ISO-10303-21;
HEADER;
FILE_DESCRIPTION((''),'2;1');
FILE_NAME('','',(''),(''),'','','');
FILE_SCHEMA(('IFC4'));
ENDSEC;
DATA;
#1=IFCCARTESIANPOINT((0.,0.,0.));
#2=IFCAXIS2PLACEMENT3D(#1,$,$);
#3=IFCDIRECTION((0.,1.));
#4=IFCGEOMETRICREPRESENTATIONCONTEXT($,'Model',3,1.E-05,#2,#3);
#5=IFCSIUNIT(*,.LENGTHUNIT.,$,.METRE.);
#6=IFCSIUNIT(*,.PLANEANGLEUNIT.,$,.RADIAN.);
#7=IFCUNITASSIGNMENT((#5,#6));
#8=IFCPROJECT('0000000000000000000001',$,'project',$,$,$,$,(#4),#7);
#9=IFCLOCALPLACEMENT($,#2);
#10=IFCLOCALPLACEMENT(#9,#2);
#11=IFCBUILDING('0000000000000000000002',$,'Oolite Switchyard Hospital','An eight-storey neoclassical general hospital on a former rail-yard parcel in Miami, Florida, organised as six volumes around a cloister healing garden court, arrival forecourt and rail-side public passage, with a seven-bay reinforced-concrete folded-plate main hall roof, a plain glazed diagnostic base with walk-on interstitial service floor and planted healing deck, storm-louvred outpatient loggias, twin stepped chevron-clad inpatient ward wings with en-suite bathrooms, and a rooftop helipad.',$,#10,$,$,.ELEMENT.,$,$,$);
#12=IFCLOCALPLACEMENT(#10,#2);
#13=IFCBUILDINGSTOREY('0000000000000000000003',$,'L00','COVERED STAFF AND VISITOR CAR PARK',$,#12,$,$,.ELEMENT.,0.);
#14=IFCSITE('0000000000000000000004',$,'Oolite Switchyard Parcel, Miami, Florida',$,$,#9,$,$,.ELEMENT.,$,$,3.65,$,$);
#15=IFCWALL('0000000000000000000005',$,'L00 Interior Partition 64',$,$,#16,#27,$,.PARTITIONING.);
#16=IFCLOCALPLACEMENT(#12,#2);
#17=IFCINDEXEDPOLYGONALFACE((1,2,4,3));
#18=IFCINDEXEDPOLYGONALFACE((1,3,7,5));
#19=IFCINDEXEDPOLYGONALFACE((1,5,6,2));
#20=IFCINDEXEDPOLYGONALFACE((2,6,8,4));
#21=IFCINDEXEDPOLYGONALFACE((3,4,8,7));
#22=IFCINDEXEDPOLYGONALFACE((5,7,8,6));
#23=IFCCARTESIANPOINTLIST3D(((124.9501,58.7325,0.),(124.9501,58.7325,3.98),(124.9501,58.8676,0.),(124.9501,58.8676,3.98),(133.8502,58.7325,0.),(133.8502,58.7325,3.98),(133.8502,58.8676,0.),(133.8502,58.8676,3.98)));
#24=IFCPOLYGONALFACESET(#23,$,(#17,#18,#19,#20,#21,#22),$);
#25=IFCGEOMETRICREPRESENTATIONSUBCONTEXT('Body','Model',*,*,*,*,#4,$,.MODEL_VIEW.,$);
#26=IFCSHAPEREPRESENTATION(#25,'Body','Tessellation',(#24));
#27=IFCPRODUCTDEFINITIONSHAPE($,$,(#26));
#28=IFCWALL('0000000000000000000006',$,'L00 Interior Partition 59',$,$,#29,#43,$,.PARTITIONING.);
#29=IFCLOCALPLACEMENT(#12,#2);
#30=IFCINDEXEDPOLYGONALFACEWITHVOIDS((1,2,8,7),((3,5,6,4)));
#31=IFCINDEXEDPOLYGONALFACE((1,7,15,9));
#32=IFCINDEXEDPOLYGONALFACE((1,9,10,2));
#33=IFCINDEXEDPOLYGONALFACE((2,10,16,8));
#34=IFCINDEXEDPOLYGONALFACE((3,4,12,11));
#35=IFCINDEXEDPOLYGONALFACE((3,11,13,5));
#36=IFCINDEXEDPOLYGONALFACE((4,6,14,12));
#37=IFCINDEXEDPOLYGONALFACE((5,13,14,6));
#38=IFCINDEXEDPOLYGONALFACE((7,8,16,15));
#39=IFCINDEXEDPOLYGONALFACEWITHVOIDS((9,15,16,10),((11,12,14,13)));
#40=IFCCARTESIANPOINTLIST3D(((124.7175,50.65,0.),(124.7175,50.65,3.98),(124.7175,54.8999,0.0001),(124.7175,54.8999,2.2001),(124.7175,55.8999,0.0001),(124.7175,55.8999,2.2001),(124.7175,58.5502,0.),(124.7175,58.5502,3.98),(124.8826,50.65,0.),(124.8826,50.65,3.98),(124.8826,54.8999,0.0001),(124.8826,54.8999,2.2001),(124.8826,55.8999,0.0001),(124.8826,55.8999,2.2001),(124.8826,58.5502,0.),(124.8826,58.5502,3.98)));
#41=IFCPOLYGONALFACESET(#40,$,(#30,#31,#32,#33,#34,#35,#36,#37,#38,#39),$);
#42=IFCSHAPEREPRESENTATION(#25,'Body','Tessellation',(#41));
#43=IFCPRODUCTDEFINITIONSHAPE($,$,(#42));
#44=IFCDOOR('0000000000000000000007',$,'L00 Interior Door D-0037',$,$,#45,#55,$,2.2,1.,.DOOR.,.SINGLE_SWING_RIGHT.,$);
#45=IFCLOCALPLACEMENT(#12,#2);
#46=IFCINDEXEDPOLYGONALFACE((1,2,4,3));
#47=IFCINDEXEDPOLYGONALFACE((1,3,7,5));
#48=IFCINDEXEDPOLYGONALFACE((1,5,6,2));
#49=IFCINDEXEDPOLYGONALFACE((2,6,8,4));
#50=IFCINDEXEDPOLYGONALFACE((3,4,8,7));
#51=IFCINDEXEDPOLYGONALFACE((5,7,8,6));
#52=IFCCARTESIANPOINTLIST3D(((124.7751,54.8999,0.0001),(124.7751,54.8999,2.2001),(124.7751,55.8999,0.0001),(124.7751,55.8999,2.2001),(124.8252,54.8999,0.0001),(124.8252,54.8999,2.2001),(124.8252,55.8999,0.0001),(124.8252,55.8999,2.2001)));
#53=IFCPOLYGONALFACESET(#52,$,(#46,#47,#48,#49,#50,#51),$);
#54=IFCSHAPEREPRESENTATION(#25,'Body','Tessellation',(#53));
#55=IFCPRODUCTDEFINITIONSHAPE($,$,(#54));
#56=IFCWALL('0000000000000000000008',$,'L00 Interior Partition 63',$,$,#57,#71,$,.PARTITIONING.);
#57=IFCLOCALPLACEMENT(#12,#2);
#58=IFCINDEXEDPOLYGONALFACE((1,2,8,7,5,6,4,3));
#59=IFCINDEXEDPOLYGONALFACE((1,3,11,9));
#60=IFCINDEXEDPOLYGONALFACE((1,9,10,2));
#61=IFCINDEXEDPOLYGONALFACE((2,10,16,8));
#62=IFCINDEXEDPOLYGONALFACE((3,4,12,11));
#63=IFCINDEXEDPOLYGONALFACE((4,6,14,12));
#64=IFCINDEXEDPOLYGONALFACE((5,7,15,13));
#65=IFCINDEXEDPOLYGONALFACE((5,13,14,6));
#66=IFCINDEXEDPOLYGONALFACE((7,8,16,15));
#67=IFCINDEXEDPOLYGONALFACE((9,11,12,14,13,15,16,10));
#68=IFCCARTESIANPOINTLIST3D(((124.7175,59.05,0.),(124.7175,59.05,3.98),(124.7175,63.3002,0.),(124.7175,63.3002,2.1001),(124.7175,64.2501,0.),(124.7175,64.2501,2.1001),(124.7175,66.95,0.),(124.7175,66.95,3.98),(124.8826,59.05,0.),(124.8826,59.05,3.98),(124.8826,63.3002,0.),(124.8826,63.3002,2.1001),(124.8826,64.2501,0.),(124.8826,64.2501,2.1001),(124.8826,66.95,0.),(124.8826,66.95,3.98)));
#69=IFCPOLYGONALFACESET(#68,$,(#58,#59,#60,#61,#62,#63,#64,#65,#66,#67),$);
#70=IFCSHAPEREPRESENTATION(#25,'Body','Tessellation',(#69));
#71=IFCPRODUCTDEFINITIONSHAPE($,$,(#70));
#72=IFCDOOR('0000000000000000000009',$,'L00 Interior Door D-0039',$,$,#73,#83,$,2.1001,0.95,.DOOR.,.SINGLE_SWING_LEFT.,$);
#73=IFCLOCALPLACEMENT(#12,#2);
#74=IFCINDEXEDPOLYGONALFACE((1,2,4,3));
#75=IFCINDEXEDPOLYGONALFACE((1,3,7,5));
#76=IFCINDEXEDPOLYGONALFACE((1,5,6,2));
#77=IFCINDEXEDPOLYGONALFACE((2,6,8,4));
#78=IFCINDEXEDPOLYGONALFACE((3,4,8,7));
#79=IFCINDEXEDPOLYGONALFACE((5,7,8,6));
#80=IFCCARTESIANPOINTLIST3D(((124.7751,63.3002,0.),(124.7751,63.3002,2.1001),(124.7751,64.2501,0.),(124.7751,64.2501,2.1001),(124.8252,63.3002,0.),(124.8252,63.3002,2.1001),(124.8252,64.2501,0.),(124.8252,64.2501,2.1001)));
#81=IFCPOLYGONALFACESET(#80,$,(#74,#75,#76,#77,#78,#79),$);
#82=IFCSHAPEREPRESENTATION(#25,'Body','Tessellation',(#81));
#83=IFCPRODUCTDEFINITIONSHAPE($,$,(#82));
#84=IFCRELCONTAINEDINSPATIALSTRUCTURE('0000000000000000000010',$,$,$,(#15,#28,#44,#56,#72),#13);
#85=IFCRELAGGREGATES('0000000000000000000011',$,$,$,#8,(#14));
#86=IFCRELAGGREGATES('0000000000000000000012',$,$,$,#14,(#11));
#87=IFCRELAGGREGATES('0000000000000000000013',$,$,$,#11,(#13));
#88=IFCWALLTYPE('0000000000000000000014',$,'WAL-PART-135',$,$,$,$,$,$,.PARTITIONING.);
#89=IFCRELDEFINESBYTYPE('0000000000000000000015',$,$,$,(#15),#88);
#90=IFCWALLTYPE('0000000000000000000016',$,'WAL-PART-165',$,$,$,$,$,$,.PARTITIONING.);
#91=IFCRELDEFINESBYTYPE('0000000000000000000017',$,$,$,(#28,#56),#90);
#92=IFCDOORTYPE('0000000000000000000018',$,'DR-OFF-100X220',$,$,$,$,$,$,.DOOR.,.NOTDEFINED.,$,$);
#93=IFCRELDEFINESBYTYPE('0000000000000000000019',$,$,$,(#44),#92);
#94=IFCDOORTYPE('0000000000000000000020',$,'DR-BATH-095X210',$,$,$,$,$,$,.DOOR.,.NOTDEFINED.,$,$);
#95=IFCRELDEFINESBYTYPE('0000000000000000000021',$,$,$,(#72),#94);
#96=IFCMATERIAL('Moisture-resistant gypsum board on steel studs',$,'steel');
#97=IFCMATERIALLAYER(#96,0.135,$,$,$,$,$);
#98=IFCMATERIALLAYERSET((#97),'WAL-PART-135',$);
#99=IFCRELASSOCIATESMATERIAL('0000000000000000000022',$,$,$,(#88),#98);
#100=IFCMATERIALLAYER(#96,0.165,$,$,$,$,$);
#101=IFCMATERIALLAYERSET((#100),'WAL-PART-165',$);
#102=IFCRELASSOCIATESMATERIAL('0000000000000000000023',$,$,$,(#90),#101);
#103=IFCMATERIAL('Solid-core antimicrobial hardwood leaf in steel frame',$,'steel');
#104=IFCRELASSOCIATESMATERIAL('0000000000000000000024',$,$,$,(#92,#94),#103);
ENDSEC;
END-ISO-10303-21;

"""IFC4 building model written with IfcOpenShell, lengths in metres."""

from ifc_helpers import new_model, si_unit, direction, frame, frame_2d, origin, place, context, subcontext, project, spatial, rectangle, extrude, material, layer, layer_set, type_object, element, fill, save


model = new_model("IFC4")

# Units and contexts
model_context = context("Model", 3, precision=1e-05, world=origin(), true_north=direction((0.0, 1.0)))
body_context = subcontext(model_context, "Body", "Model", "MODEL_VIEW")
ifc_project = project(units=[si_unit("LENGTHUNIT", "METRE"), si_unit("PLANEANGLEUNIT", "RADIAN")], contexts=[model_context])

# Site, building, storey
site_placement = place(None, origin())
site = spatial("IfcSite", under=ifc_project, at=site_placement, Name="Oolite Switchyard Parcel, Miami, Florida", CompositionType="ELEMENT", RefElevation=3.65)
building_placement = place(site_placement, origin())
building = spatial("IfcBuilding", under=site, at=building_placement, Name="Oolite Switchyard Hospital", Description="An eight-storey neoclassical general hospital on a former rail-yard parcel in Miami, Florida, organised as six volumes around a cloister healing garden court, arrival forecourt and rail-side public passage, with a seven-bay reinforced-concrete folded-plate main hall roof, a plain glazed diagnostic base with walk-on interstitial service floor and planted healing deck, storm-louvred outpatient loggias, twin stepped chevron-clad inpatient ward wings with en-suite bathrooms, and a rooftop helipad.", CompositionType="ELEMENT")
storey_placement = place(building_placement, origin())
storey = spatial("IfcBuildingStorey", under=building, at=storey_placement, Name="L00", Description="COVERED STAFF AND VISITOR CAR PARK", CompositionType="ELEMENT", Elevation=0.0)

# Wall
ifc_material_1 = material(Name="Moisture-resistant gypsum board on steel studs", Category="steel")
ifc_layer_1 = layer(ifc_material_1, 0.135)
ifc_layer_set_1 = layer_set([ifc_layer_1], Name="WAL-PART-135")
wall_type_1 = type_object("IfcWallType", Name="WAL-PART-135", PredefinedType="PARTITIONING", material=ifc_layer_set_1)
for number, where, z_axis, x_axis, name in (
    (1, (124.95, 58.8, 0.0), (0.0, 0.0, 1.0), (1.0, 0.0, 0.0), "L00 Interior Partition 64"),
):
    element("IfcWall", number, at=place(storey_placement, frame(where, z_axis=z_axis, x_axis=x_axis)), inside=storey, type_object=wall_type_1, Name=name, PredefinedType="PARTITIONING", context=body_context, shape_type="SweptSolid", body=[
        extrude(rectangle(XDim=8.9001, YDim=0.135, at=frame_2d((4.4502, 0.0))), origin(), (0.0, 0.0, 1.0), 3.98),
    ])

# Walls, openings, doors
ifc_layer_2 = layer(ifc_material_1, 0.165)
ifc_layer_set_2 = layer_set([ifc_layer_2], Name="WAL-PART-165")
wall_type_2 = type_object("IfcWallType", Name="WAL-PART-165", PredefinedType="PARTITIONING", material=ifc_layer_set_2)
wall_1_placement = place(storey_placement, frame((124.8, 50.6499, 0.0), z_axis=(0.0, 0.0, 1.0), x_axis=(0.0, 1.0, 0.0)))
wall_1 = element("IfcWall", 2, at=wall_1_placement, inside=storey, type_object=wall_type_2, Name="L00 Interior Partition 59", PredefinedType="PARTITIONING", context=body_context, shape_type="SweptSolid", body=[
    extrude(rectangle(XDim=7.9001, YDim=0.165, at=frame_2d((3.9502, 0.0))), origin(), (0.0, 0.0, 1.0), 3.98),
])
opening_1_placement = place(wall_1_placement, frame((4.25, 0.0, 0.0)))
opening_1 = element("IfcOpeningElement", 3, at=opening_1_placement, cuts=wall_1, PredefinedType="OPENING", context=body_context, shape_type="SweptSolid", body=[
    extrude(rectangle(XDim=1.0, YDim=2.2, at=frame_2d((0.5, 1.1001))), frame((0.0, 0.0925, 0.0), z_axis=(0.0, -1.0, 0.0), x_axis=(1.0, 0.0, 0.0)), (0.0, 0.0, 1.0), 0.1851),
])
ifc_material_2 = material(Name="Solid-core antimicrobial hardwood leaf in steel frame", Category="steel")
door_type_1 = type_object("IfcDoorType", Name="DR-OFF-100X220", OperationType="NOTDEFINED", PredefinedType="DOOR", material=ifc_material_2)
door_1_placement = place(opening_1_placement, origin())
door_1 = element("IfcDoor", 4, at=door_1_placement, inside=storey, type_object=door_type_1, Name="L00 Interior Door D-0037", OperationType="SINGLE_SWING_RIGHT", OverallHeight=2.2, OverallWidth=1.0, PredefinedType="DOOR", context=body_context, shape_type="SweptSolid", body=[
    extrude(rectangle(XDim=1.0, YDim=2.2, at=frame_2d((0.5, 1.1001))), frame((0.0, 0.0249, 0.0), z_axis=(0.0, -1.0, 0.0), x_axis=(1.0, 0.0, 0.0)), (0.0, 0.0, 1.0), 0.05),
])
fill(opening_1, door_1)
wall_2_placement = place(storey_placement, frame((124.8, 59.05, 0.0), z_axis=(0.0, 0.0, 1.0), x_axis=(0.0, 1.0, 0.0)))
wall_2 = element("IfcWall", 5, at=wall_2_placement, inside=storey, type_object=wall_type_2, Name="L00 Interior Partition 63", PredefinedType="PARTITIONING", context=body_context, shape_type="SweptSolid", body=[
    extrude(rectangle(XDim=7.8999, YDim=0.165, at=frame_2d((3.95, 0.0))), origin(), (0.0, 0.0, 1.0), 3.98),
])
opening_2_placement = place(wall_2_placement, frame((4.25, 0.0, 0.0)))
opening_2 = element("IfcOpeningElement", 6, at=opening_2_placement, cuts=wall_2, PredefinedType="OPENING", context=body_context, shape_type="SweptSolid", body=[
    extrude(rectangle(XDim=0.95, YDim=2.1001, at=frame_2d((0.4751, 1.05))), frame((0.0, 0.0925, 0.0), z_axis=(0.0, -1.0, 0.0), x_axis=(1.0, 0.0, 0.0)), (0.0, 0.0, 1.0), 0.1851),
])
door_type_2 = type_object("IfcDoorType", Name="DR-BATH-095X210", OperationType="NOTDEFINED", PredefinedType="DOOR", material=ifc_material_2)
door_2_placement = place(opening_2_placement, origin())
door_2 = element("IfcDoor", 7, at=door_2_placement, inside=storey, type_object=door_type_2, Name="L00 Interior Door D-0039", OperationType="SINGLE_SWING_LEFT", OverallHeight=2.1001, OverallWidth=0.95, PredefinedType="DOOR", context=body_context, shape_type="SweptSolid", body=[
    extrude(rectangle(XDim=0.95, YDim=2.1001, at=frame_2d((0.4751, 1.05))), frame((0.0, 0.0249, 0.0), z_axis=(0.0, -1.0, 0.0), x_axis=(1.0, 0.0, 0.0)), (0.0, 0.0, 1.0), 0.05),
])
fill(opening_2, door_2)

save(model, "model.ifc")
